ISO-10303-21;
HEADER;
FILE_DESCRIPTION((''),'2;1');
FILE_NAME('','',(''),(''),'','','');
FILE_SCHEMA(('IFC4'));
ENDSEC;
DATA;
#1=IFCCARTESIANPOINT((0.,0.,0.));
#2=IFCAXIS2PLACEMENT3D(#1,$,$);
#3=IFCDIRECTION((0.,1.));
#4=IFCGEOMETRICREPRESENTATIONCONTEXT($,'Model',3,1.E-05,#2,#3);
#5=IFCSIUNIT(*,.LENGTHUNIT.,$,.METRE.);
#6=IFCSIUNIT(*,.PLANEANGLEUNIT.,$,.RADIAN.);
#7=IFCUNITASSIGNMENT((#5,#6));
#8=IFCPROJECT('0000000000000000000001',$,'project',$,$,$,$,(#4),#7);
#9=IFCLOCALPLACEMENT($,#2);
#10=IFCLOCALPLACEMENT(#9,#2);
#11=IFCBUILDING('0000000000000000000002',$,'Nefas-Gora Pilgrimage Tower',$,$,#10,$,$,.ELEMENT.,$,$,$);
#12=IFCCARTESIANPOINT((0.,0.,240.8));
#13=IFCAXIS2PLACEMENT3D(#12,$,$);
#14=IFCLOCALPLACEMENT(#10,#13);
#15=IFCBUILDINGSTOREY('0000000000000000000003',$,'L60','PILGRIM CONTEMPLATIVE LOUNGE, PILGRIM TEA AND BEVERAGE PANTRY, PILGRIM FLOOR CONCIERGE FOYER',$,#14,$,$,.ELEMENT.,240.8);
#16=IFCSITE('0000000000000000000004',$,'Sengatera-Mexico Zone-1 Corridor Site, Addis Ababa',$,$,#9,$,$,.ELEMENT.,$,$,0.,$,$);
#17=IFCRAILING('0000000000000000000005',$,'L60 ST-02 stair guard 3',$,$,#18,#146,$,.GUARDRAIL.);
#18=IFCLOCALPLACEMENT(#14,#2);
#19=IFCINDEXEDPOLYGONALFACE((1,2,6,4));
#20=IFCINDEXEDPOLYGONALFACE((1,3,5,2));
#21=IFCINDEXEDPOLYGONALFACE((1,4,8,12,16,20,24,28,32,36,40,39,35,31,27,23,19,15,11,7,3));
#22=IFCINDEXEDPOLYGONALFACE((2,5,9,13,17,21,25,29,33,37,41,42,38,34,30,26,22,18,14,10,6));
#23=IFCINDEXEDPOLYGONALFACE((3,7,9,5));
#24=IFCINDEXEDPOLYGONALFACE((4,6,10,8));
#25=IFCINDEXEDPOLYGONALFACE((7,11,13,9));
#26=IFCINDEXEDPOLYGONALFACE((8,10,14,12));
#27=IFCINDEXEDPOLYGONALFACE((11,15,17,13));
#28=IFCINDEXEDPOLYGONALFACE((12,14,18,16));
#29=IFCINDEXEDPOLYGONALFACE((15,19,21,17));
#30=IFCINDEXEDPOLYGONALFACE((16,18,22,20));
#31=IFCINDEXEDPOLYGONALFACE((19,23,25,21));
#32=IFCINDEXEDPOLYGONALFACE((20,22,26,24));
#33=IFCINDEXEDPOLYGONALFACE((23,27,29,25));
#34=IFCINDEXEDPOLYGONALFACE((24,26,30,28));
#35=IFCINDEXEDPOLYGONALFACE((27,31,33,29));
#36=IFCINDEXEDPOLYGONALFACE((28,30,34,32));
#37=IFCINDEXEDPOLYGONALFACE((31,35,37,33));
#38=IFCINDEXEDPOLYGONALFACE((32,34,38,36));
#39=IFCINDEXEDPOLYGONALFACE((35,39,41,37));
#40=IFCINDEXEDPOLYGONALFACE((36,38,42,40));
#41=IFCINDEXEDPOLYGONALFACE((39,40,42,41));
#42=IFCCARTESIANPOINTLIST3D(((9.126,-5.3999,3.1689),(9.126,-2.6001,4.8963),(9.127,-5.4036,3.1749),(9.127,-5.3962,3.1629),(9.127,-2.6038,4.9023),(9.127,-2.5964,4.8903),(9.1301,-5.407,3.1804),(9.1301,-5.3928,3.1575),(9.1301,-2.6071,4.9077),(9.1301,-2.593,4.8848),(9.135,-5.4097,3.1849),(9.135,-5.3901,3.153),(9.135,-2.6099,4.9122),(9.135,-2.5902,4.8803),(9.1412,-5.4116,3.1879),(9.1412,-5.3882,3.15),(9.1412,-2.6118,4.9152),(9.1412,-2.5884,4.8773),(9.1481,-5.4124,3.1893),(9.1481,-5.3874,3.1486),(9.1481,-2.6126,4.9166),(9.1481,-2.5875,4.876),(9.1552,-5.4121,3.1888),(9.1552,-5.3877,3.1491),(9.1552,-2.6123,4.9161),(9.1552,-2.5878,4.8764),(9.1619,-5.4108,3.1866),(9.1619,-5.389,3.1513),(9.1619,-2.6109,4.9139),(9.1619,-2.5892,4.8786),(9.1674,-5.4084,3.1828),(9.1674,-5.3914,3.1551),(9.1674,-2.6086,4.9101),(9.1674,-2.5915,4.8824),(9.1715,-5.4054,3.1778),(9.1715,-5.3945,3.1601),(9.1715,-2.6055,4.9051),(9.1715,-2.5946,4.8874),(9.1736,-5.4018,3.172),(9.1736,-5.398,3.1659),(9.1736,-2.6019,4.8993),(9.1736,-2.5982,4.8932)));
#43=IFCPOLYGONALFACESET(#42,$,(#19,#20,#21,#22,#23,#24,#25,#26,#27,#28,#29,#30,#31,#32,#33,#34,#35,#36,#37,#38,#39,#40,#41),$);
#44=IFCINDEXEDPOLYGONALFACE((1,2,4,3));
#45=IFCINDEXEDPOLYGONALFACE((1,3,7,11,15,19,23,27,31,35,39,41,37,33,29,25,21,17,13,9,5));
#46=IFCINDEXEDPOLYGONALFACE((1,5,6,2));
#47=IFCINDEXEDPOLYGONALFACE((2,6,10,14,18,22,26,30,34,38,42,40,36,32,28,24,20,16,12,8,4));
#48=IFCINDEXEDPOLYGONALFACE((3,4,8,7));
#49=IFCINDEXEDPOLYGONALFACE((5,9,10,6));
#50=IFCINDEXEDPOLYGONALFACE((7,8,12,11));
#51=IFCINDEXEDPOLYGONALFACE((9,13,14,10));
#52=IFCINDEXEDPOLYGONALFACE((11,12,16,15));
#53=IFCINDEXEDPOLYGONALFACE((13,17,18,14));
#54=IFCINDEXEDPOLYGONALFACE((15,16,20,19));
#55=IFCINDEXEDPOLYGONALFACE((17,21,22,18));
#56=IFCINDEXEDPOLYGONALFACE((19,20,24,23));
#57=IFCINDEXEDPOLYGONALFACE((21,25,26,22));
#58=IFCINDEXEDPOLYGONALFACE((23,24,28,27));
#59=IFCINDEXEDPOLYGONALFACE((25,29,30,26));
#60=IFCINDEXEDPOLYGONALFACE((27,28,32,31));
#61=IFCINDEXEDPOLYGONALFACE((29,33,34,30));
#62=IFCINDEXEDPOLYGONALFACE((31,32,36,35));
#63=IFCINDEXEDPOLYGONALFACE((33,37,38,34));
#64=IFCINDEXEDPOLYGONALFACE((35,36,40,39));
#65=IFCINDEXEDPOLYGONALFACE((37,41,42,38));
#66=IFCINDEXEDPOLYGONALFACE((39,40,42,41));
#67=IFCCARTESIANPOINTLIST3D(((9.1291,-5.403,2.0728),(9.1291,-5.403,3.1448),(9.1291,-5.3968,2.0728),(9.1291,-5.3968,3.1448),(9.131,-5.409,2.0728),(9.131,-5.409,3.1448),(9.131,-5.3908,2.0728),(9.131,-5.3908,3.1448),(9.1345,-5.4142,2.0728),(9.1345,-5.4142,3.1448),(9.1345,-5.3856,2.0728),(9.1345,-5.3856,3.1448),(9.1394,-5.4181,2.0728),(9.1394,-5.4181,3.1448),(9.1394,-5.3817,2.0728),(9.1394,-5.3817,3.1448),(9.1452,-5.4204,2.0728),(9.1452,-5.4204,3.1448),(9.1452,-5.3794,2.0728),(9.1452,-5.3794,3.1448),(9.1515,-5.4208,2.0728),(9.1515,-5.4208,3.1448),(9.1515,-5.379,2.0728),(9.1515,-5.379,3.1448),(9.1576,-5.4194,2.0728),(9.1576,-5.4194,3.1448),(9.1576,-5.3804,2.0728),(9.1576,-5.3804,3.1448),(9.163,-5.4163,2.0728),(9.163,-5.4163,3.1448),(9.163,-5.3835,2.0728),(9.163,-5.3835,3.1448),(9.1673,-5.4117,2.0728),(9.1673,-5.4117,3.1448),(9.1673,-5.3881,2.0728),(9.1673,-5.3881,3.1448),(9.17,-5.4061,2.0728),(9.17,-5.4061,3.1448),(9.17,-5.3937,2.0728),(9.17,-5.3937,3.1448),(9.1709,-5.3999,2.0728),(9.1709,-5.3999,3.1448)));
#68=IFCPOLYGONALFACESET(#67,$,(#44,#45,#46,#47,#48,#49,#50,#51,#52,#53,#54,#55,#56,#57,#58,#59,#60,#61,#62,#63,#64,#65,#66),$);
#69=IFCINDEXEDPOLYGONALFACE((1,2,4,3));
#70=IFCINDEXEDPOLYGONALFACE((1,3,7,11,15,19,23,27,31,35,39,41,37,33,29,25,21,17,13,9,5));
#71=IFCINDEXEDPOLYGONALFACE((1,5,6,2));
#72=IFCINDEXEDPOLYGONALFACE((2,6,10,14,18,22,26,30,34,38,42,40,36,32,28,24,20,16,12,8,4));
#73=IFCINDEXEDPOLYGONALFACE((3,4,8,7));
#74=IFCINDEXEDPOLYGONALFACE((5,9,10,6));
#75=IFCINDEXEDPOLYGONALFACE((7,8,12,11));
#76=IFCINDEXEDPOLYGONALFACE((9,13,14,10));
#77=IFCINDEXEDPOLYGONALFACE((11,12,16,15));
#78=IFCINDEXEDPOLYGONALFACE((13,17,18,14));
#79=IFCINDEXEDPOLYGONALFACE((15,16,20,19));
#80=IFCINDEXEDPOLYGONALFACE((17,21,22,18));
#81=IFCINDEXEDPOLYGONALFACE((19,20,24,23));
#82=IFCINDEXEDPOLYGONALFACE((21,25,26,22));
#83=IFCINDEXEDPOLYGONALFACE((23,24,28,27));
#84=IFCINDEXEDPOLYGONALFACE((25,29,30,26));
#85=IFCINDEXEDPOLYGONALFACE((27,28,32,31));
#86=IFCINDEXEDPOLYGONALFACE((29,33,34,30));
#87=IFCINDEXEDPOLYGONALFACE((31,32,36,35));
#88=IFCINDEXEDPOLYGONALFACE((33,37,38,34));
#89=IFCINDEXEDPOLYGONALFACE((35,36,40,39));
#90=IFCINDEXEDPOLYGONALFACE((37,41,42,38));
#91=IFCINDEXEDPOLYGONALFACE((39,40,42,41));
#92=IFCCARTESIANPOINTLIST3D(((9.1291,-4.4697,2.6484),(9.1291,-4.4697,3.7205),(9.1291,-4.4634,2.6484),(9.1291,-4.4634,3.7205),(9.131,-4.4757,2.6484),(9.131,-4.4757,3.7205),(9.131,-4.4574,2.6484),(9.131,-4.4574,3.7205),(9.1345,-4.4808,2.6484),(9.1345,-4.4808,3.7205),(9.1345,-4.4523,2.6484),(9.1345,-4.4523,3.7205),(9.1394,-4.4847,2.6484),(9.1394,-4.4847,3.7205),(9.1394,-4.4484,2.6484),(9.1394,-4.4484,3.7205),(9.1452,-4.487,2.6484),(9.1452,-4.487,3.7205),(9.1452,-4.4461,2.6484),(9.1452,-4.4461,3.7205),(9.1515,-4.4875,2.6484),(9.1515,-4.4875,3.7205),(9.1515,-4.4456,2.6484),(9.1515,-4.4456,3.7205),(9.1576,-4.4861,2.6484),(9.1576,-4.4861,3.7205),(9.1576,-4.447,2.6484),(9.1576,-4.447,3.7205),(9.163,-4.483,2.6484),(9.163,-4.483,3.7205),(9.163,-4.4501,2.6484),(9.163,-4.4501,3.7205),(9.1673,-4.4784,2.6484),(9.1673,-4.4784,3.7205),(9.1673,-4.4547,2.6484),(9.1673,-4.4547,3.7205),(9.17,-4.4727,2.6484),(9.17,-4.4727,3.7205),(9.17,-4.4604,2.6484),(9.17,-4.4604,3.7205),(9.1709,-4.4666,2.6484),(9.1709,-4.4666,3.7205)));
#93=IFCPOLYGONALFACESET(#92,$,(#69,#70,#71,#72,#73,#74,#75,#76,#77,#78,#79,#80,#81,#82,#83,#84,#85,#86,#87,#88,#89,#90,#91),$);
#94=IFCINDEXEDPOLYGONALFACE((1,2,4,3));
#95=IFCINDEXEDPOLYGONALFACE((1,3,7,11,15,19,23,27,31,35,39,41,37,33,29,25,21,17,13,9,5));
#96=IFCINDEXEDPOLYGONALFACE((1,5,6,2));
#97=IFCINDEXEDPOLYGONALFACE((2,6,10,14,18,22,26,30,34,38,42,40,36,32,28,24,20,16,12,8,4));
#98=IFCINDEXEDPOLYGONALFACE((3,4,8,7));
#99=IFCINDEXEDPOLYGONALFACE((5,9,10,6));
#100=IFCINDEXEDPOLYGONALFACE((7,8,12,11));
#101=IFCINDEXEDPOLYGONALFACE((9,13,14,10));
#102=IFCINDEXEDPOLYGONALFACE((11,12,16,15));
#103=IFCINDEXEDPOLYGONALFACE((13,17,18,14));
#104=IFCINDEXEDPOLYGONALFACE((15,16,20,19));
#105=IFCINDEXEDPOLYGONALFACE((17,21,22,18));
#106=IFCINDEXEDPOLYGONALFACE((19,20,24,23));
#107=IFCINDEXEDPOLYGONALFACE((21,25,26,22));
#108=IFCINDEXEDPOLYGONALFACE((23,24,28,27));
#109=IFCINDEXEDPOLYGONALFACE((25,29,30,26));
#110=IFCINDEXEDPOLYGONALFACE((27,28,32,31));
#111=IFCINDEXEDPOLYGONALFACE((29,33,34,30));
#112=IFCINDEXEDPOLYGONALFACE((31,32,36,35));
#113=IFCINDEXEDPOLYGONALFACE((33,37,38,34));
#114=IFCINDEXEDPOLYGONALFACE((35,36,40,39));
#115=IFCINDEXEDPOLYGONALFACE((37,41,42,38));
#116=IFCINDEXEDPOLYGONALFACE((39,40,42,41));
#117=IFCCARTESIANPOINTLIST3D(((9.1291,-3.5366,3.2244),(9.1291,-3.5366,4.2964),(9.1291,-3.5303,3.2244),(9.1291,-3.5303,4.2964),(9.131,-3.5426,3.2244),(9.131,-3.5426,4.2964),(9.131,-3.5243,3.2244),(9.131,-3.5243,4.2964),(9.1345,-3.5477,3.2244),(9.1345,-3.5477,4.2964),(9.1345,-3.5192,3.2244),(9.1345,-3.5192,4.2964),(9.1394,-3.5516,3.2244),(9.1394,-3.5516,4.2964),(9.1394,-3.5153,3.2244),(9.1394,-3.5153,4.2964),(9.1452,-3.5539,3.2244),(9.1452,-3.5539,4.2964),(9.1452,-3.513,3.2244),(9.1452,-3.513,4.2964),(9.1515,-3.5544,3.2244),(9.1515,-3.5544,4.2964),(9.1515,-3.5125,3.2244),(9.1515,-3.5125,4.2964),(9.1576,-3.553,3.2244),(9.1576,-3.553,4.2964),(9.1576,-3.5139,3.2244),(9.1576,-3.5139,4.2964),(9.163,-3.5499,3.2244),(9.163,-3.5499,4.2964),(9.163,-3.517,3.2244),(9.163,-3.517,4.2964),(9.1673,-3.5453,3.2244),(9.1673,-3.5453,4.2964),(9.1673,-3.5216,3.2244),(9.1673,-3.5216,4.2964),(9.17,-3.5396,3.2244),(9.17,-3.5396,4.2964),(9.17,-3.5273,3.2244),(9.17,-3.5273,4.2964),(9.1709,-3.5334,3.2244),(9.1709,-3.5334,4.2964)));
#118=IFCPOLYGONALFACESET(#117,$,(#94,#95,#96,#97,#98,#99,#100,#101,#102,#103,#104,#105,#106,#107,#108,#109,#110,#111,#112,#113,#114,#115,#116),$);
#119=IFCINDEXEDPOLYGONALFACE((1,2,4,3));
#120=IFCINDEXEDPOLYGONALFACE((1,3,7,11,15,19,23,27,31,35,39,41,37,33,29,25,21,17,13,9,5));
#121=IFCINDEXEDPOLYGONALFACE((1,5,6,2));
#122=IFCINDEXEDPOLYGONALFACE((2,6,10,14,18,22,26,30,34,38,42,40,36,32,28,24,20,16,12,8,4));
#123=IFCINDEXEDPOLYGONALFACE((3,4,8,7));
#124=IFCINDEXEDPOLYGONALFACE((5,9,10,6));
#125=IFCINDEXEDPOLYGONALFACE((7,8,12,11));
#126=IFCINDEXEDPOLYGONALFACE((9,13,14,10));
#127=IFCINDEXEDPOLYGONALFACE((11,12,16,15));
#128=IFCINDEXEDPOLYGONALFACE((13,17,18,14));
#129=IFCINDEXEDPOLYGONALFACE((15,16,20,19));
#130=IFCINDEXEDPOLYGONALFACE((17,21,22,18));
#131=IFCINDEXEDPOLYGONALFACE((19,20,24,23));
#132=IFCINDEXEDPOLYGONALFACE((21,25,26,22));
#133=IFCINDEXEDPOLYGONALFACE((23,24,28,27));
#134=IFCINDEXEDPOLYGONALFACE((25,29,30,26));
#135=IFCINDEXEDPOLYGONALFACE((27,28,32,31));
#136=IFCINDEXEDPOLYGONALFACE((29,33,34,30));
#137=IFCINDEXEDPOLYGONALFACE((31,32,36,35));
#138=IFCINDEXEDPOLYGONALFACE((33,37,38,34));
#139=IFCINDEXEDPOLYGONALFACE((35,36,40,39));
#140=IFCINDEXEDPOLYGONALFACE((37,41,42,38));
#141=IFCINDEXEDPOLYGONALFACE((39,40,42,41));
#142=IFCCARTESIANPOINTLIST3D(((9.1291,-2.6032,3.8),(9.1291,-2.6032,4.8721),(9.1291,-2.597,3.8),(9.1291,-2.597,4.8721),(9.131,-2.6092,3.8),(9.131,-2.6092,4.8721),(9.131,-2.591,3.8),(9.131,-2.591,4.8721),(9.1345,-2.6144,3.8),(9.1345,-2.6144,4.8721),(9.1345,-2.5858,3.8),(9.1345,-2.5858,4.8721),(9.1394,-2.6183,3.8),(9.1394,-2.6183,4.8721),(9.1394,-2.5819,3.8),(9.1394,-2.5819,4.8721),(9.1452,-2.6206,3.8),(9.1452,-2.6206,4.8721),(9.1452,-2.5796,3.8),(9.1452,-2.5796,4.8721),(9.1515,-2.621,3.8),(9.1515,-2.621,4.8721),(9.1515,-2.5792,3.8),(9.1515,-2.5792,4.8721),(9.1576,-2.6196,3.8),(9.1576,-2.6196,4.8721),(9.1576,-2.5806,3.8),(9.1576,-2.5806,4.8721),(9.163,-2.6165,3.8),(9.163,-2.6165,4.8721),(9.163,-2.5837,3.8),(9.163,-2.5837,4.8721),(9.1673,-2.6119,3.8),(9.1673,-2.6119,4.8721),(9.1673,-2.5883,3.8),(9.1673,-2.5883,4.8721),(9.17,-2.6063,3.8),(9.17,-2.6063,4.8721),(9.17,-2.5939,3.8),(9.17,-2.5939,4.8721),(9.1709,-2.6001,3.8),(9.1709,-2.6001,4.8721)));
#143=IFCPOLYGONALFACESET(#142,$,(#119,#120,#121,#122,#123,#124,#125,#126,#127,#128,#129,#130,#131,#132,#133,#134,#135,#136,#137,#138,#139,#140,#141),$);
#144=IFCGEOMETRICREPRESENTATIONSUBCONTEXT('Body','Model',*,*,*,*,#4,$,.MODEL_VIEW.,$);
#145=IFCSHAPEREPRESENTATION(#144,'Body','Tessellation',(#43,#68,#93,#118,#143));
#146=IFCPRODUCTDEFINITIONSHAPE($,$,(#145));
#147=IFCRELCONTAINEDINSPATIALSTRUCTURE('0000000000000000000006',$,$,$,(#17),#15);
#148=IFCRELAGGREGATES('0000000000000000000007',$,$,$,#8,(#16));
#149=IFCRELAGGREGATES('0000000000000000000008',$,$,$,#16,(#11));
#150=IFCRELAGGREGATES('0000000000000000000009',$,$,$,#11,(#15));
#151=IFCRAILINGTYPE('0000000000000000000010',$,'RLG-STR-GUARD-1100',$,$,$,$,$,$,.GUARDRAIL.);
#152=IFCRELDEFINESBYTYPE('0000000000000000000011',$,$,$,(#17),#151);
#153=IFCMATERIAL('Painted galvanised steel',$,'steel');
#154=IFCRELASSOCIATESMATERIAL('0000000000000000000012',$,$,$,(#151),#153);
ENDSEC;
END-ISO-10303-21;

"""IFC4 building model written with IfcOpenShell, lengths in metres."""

from ifc_helpers import new_model, si_unit, direction, frame, origin, origin_2d, place, context, subcontext, project, spatial, circle, extrude, material, type_object, element, save


model = new_model("IFC4")

# Units and contexts
model_context = context("Model", 3, precision=1e-05, world=origin(), true_north=direction((0.0, 1.0)))
body_context = subcontext(model_context, "Body", "Model", "MODEL_VIEW")
ifc_project = project(units=[si_unit("LENGTHUNIT", "METRE"), si_unit("PLANEANGLEUNIT", "RADIAN")], contexts=[model_context])

# Site, building, storey
site_placement = place(None, origin())
site = spatial("IfcSite", under=ifc_project, at=site_placement, Name="Sengatera-Mexico Zone-1 Corridor Site, Addis Ababa", CompositionType="ELEMENT", RefElevation=0.0)
building_placement = place(site_placement, origin())
building = spatial("IfcBuilding", under=site, at=building_placement, Name="Nefas-Gora Pilgrimage Tower", CompositionType="ELEMENT")
storey_placement = place(building_placement, frame((0.0, 0.0, 240.8)))
storey = spatial("IfcBuildingStorey", under=building, at=storey_placement, Name="L60", Description="PILGRIM CONTEMPLATIVE LOUNGE, PILGRIM TEA AND BEVERAGE PANTRY, PILGRIM FLOOR CONCIERGE FOYER", CompositionType="ELEMENT", Elevation=240.8)

# Railing
ifc_material_1 = material(Name="Painted galvanised steel", Category="steel")
railing_type_1 = type_object("IfcRailingType", Name="RLG-STR-GUARD-1100", PredefinedType="GUARDRAIL", material=ifc_material_1)
railing_1_placement = place(storey_placement, frame((9.1499, -5.3999, 2.0728)))
element("IfcRailing", 1, at=railing_1_placement, inside=storey, type_object=railing_type_1, Name="L60 ST-02 stair guard 3", PredefinedType="GUARDRAIL", context=body_context, shape_type="SweptSolid", body=[
    extrude(circle(Radius=0.0239, at=origin_2d()), frame((0.0, 0.0, 1.0962), z_axis=(0.0, 0.851069, 0.525054), x_axis=(-1.0, 0.0, 0.0)), (0.0, 0.0, 1.0), 3.2898),
    extrude(circle(Radius=0.021, at=origin_2d()), origin(), (0.0, 0.0, 1.0), 1.072),
    extrude(circle(Radius=0.021, at=origin_2d()), frame((0.0, 0.9333, 0.5757)), (0.0, 0.0, 1.0), 1.072),
    extrude(circle(Radius=0.021, at=origin_2d()), frame((0.0, 1.8665, 1.1516)), (0.0, 0.0, 1.0), 1.072),
    extrude(circle(Radius=0.021, at=origin_2d()), frame((0.0, 2.7998, 1.7273)), (0.0, 0.0, 1.0), 1.072),
])

save(model, "model.ifc")
